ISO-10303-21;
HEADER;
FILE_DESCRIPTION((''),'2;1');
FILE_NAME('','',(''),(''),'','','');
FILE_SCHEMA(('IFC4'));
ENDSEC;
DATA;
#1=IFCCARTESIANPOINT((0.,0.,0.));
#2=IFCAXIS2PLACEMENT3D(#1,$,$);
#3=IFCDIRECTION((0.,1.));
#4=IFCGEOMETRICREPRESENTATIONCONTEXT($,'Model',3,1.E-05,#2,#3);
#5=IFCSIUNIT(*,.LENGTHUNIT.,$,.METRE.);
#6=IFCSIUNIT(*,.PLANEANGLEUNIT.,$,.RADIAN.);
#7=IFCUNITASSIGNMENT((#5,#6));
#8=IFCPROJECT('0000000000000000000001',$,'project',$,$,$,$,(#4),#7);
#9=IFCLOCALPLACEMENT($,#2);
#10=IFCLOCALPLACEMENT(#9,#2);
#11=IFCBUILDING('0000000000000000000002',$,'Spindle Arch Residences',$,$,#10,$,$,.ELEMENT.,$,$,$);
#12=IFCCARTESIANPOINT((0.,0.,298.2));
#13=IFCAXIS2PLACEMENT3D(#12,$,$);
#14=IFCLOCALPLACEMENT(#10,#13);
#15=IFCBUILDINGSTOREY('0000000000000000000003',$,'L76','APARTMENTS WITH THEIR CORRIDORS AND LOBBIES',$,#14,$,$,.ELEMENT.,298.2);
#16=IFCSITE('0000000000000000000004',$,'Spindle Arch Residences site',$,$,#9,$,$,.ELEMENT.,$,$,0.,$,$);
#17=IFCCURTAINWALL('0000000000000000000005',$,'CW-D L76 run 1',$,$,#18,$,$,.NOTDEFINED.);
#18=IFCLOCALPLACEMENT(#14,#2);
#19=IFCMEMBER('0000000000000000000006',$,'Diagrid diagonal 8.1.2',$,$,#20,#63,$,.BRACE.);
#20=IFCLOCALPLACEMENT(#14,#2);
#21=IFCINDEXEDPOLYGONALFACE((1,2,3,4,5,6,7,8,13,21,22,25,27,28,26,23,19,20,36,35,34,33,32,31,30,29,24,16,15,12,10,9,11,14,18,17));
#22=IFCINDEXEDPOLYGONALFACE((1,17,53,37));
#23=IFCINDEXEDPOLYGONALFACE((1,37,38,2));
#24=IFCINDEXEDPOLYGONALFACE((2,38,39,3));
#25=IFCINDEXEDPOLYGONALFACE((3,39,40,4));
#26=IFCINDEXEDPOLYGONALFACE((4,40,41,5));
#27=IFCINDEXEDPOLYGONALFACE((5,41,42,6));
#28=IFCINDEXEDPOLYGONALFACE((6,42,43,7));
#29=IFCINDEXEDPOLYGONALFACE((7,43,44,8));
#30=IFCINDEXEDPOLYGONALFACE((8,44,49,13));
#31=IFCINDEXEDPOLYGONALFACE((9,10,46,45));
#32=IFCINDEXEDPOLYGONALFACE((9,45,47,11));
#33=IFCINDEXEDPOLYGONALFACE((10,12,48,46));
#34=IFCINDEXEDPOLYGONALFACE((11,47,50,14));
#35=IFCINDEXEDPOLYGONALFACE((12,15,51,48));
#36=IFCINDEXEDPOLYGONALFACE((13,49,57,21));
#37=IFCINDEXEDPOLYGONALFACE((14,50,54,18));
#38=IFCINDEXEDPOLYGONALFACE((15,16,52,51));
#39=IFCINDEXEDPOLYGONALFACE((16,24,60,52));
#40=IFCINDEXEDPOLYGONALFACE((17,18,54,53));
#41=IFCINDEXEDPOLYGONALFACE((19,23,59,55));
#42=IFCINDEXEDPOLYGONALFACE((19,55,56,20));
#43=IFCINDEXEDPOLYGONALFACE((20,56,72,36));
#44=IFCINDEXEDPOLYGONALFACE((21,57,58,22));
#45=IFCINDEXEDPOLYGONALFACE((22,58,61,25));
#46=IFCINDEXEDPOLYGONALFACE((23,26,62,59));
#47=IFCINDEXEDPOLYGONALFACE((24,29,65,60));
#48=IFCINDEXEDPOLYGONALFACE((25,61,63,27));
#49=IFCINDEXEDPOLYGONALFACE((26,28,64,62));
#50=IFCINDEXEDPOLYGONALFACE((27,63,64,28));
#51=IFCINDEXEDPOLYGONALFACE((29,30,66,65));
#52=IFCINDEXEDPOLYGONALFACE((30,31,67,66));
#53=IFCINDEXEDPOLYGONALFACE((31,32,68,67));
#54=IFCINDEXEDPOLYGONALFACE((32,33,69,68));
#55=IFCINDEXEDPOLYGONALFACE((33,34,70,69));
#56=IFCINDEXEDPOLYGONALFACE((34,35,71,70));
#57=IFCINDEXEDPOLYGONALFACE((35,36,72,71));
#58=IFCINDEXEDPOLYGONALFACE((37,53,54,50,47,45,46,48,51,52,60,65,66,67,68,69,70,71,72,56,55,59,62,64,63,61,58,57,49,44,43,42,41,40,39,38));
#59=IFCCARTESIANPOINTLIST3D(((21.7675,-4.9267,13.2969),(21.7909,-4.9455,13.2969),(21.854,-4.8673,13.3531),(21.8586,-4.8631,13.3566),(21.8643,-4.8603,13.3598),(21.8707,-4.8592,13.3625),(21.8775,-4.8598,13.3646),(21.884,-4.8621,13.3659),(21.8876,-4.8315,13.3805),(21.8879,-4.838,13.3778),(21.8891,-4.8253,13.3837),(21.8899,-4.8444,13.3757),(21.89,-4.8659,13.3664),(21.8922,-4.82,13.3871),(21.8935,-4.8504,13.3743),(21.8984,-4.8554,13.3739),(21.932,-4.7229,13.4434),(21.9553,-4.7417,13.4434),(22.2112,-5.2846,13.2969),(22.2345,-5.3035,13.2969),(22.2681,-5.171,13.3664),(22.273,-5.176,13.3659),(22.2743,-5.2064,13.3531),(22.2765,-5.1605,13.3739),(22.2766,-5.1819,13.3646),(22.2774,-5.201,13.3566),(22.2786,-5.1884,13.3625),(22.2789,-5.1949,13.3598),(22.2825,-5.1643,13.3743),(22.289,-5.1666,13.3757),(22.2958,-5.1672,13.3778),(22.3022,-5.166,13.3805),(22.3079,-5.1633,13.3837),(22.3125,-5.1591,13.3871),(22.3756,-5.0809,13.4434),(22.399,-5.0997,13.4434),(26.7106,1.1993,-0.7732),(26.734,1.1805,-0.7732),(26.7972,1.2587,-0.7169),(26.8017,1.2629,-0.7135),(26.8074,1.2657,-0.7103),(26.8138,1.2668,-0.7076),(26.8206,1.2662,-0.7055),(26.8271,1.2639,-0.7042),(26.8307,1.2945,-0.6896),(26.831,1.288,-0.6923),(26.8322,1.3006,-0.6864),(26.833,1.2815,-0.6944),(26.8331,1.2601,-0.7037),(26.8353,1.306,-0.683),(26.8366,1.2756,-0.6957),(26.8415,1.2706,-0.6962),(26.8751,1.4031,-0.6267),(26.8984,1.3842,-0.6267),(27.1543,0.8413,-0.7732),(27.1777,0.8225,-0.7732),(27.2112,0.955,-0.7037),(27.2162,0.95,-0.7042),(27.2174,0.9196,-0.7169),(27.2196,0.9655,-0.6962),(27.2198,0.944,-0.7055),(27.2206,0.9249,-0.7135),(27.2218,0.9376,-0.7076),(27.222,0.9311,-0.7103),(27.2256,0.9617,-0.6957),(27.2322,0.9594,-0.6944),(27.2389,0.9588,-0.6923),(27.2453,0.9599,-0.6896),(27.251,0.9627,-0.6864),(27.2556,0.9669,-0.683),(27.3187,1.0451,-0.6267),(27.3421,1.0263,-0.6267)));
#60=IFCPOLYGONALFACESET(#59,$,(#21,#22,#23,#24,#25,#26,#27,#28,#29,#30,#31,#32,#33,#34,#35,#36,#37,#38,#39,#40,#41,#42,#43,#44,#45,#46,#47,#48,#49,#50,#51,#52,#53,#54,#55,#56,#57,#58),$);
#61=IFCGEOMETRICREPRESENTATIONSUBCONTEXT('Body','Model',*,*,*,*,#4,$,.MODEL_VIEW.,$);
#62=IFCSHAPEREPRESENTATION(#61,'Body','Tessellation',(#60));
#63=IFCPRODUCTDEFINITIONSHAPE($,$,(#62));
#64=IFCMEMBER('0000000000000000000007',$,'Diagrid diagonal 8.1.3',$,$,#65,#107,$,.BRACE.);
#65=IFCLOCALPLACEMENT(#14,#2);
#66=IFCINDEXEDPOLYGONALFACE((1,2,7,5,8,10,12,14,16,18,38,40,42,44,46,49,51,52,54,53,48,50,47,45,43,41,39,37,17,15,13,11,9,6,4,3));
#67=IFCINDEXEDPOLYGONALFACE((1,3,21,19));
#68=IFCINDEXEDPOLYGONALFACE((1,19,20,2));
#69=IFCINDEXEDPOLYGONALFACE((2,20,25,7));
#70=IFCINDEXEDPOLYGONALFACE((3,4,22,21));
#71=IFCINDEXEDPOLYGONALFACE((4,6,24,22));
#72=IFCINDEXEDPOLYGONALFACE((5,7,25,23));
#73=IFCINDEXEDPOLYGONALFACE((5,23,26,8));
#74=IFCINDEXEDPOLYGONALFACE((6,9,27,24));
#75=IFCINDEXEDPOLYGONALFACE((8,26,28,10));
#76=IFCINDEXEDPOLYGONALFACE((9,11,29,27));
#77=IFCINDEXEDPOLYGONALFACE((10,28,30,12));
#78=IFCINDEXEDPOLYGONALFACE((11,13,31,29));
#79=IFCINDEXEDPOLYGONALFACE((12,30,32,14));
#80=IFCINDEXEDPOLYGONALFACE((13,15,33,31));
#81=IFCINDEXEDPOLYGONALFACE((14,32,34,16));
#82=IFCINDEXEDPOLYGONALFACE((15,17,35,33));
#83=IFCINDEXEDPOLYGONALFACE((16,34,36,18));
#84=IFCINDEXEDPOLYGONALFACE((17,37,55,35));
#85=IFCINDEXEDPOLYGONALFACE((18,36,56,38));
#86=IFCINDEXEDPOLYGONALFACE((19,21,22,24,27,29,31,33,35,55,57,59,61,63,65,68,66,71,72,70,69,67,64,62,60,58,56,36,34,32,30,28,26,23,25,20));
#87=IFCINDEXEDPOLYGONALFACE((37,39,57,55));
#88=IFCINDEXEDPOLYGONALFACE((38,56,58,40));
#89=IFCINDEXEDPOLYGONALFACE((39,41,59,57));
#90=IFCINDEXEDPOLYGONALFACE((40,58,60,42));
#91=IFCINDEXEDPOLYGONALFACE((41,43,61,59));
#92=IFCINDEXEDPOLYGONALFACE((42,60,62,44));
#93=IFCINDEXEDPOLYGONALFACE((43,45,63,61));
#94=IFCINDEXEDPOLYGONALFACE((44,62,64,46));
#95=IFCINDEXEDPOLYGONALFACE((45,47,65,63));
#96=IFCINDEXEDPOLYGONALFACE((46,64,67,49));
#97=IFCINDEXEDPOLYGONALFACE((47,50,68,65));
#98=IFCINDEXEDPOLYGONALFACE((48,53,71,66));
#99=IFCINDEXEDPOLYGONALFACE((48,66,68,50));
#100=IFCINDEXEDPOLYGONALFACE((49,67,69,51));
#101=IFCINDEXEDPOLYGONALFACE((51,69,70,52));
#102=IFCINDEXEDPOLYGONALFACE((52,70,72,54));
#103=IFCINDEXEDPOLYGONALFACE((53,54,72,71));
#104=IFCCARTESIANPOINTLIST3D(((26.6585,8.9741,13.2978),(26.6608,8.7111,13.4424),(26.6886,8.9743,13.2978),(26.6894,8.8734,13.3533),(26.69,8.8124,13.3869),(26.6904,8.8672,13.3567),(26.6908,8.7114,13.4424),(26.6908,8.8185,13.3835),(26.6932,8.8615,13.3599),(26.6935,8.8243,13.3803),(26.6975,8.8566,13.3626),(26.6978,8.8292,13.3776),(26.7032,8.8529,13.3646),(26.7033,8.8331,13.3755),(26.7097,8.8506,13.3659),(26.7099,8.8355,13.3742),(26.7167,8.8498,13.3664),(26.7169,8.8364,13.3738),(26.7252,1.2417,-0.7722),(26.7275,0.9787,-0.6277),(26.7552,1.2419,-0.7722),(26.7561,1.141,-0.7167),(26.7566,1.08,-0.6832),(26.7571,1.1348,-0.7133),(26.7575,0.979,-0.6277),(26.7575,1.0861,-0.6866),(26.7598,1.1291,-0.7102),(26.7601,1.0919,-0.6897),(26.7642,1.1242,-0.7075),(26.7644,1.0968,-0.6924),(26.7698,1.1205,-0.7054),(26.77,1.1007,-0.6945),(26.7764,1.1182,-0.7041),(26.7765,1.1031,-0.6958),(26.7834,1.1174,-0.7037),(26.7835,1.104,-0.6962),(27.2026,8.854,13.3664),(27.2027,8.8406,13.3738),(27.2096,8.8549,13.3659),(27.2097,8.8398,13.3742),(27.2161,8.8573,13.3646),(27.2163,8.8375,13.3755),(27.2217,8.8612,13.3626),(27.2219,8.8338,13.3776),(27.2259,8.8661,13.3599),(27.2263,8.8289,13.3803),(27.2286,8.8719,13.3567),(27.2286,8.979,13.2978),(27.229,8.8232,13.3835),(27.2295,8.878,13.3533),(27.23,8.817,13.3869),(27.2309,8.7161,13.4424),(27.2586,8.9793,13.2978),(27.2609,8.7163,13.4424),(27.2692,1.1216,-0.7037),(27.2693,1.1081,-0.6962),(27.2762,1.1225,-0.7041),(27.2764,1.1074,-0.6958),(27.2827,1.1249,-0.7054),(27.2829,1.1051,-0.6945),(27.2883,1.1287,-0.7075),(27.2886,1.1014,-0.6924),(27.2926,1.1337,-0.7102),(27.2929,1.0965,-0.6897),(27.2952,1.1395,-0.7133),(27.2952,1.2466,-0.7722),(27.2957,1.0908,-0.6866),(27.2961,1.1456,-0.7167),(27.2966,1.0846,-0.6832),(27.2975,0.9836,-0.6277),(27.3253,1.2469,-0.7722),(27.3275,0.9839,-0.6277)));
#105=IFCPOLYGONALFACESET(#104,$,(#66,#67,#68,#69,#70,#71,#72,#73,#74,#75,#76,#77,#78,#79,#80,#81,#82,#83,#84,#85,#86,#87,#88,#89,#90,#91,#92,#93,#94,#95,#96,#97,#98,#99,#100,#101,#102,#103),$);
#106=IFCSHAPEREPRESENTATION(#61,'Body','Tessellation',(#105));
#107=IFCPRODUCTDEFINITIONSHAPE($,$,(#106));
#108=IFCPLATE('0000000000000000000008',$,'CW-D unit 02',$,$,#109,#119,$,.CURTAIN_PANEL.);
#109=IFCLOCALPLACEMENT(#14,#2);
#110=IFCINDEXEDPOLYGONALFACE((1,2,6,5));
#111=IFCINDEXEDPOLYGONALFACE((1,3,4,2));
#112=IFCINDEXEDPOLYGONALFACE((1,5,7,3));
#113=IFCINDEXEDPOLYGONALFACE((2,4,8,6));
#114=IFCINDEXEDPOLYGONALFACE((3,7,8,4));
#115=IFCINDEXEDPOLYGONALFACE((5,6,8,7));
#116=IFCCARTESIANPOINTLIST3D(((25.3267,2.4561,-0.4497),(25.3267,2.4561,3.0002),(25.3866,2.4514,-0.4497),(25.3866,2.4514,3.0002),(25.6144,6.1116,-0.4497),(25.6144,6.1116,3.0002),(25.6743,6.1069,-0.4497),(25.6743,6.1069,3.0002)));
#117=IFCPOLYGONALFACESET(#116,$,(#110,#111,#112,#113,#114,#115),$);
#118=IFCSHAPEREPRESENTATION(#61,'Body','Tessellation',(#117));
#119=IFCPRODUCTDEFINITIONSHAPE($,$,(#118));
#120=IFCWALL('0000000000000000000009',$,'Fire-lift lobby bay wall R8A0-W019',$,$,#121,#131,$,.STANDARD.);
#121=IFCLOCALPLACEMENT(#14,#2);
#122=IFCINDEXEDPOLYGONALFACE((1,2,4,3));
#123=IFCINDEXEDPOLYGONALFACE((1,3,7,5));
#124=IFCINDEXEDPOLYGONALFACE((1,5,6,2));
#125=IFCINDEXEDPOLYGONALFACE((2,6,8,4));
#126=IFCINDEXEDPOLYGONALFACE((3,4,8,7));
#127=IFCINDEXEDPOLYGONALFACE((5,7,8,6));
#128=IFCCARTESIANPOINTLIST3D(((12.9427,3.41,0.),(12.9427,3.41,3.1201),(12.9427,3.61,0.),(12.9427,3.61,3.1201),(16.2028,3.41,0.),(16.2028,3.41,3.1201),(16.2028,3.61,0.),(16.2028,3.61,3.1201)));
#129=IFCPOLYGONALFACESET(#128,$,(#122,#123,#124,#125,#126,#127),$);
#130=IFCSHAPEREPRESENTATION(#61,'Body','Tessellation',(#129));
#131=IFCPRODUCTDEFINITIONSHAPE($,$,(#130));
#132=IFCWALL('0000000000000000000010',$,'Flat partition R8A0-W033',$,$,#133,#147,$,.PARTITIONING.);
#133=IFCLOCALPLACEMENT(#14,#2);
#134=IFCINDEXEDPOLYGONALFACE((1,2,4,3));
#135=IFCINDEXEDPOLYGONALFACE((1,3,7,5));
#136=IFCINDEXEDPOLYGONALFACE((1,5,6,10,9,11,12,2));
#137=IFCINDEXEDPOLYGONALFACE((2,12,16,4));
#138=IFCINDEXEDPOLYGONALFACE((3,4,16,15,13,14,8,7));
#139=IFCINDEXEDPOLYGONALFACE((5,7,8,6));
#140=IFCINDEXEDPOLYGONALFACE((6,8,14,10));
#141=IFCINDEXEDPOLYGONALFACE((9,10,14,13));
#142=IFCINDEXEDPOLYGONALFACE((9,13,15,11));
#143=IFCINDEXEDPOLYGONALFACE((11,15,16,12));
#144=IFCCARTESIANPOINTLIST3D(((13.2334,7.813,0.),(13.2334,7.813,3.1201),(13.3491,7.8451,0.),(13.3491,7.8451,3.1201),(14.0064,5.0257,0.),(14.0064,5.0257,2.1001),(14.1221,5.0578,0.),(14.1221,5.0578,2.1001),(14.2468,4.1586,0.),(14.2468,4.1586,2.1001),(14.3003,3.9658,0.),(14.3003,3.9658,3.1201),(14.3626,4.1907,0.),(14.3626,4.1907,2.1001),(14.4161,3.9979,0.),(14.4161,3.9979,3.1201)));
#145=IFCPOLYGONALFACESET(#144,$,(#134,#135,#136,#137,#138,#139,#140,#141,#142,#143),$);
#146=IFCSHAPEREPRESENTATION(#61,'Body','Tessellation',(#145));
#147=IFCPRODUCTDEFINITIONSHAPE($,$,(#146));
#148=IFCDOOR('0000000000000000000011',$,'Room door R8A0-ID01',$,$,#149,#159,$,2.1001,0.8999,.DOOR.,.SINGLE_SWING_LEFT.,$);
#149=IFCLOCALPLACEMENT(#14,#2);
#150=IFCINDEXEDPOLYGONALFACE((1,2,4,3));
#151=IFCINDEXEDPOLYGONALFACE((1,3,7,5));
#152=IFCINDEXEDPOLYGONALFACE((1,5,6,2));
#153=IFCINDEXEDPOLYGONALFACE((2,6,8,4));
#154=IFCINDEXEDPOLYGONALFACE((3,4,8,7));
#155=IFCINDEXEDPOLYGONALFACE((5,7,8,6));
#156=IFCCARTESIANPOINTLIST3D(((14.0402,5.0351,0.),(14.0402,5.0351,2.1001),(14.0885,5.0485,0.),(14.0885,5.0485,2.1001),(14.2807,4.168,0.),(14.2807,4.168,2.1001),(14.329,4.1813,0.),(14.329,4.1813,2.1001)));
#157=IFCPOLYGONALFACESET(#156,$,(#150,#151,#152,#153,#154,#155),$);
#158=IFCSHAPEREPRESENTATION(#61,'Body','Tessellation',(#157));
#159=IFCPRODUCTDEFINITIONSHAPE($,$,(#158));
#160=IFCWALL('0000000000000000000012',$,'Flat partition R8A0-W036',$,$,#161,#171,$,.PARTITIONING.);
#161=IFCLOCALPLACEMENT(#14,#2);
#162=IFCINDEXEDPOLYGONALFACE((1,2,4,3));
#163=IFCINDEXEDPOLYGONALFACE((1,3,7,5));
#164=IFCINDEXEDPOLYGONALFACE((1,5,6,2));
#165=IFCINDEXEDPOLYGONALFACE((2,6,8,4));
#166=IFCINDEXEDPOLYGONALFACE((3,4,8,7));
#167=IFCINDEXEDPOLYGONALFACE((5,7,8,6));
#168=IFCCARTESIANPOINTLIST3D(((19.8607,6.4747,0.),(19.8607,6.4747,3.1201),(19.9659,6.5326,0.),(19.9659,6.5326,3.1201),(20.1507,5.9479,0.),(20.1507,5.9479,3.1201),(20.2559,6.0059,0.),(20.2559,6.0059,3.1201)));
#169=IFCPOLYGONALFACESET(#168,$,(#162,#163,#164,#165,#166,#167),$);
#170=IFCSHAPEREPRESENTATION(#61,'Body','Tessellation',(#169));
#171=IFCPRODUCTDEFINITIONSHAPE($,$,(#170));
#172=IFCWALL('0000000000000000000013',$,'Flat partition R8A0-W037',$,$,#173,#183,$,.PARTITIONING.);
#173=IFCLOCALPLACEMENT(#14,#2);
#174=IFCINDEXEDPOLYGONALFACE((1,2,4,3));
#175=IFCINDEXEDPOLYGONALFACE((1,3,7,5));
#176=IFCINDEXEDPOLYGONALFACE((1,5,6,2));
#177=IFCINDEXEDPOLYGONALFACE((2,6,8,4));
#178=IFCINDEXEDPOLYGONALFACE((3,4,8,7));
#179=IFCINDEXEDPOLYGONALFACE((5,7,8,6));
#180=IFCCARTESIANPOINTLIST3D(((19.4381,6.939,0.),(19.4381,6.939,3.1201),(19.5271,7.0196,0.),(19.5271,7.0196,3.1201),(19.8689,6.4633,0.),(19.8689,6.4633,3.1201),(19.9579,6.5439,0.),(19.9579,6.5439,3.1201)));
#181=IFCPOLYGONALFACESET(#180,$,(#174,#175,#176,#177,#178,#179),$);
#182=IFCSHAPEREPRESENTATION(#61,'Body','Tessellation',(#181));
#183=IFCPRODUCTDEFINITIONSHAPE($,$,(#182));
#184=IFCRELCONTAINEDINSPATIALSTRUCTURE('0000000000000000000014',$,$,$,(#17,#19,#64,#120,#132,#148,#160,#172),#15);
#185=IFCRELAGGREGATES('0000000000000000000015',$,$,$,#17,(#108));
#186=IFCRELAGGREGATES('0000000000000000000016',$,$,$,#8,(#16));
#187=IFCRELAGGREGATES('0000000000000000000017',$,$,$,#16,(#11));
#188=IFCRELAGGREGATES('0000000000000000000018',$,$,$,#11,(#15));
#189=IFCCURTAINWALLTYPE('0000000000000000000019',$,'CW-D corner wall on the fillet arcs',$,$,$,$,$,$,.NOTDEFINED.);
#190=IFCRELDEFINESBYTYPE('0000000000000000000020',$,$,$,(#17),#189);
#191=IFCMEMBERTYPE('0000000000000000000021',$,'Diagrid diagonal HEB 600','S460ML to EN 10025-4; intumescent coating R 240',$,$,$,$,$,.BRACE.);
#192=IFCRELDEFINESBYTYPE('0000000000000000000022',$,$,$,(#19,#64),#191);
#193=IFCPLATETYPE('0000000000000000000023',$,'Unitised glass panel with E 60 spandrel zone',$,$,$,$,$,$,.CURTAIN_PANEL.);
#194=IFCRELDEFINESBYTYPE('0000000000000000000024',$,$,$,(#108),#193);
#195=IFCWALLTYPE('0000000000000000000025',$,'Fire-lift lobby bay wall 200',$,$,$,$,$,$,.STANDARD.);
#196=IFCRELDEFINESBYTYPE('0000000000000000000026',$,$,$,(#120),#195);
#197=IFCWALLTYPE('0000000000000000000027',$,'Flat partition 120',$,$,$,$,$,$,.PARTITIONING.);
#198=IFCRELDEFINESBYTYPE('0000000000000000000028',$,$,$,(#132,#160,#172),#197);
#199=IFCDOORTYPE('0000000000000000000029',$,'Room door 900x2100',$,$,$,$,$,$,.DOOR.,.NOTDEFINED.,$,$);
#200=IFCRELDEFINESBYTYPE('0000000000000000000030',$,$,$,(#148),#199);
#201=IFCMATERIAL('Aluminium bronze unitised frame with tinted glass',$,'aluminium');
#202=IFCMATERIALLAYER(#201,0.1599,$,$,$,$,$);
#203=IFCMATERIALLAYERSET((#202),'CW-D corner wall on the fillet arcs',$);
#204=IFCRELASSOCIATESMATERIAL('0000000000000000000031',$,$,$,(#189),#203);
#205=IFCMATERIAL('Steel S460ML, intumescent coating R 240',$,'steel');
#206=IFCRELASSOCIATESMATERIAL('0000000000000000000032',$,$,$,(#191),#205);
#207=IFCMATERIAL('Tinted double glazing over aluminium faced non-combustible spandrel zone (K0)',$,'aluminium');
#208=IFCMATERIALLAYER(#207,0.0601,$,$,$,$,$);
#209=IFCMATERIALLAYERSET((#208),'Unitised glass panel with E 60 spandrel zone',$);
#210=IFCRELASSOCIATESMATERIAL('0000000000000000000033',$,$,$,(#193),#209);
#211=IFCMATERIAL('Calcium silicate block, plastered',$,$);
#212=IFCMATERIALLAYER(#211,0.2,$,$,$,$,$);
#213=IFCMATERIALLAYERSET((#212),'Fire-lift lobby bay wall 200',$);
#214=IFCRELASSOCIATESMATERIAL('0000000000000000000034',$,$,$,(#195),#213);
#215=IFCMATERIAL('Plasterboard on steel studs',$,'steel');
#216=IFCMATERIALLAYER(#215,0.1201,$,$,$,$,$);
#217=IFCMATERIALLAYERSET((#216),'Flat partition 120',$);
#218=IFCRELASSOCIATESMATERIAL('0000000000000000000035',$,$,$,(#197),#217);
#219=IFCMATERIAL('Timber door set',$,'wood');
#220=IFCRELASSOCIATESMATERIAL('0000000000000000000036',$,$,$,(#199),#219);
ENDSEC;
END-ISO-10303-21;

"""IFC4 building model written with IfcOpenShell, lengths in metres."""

from ifc_helpers import new_model, si_unit, direction, frame, frame_2d, origin, origin_2d, place, context, subcontext, project, spatial, rectangle, i_section, extrude, material, layer, layer_set, material_profile, profile_set, type_object, element, fill, aggregate, save


model = new_model("IFC4")

# Units and contexts
model_context = context("Model", 3, precision=1e-05, world=origin(), true_north=direction((0.0, 1.0)))
body_context = subcontext(model_context, "Body", "Model", "MODEL_VIEW")
ifc_project = project(units=[si_unit("LENGTHUNIT", "METRE"), si_unit("PLANEANGLEUNIT", "RADIAN")], contexts=[model_context])

# Site, building, storey
site_placement = place(None, origin())
site = spatial("IfcSite", under=ifc_project, at=site_placement, Name="Spindle Arch Residences site", CompositionType="ELEMENT", RefElevation=0.0)
building_placement = place(site_placement, origin())
building = spatial("IfcBuilding", under=site, at=building_placement, Name="Spindle Arch Residences", CompositionType="ELEMENT")
storey_placement = place(building_placement, frame((0.0, 0.0, 298.2)))
storey = spatial("IfcBuildingStorey", under=building, at=storey_placement, Name="L76", Description="APARTMENTS WITH THEIR CORRIDORS AND LOBBIES", CompositionType="ELEMENT", Elevation=298.2)

# Curtain wall
ifc_material_1 = material(Name="Aluminium bronze unitised frame with tinted glass", Category="aluminium")
ifc_layer_1 = layer(ifc_material_1, 0.1599)
ifc_layer_set_1 = layer_set([ifc_layer_1], Name="CW-D corner wall on the fillet arcs")
curtain_wall_type = type_object("IfcCurtainWallType", Name="CW-D corner wall on the fillet arcs", PredefinedType="NOTDEFINED", material=ifc_layer_set_1)
curtain_wall_placement = place(storey_placement, origin())
curtain_wall = element("IfcCurtainWall", 1, at=curtain_wall_placement, inside=storey, type_object=curtain_wall_type, Name="CW-D L76 run 1", PredefinedType="NOTDEFINED")

# Members
ifc_material_2 = material(Name="Steel S460ML, intumescent coating R 240", Category="steel")
ifc_material_profile_1 = material_profile(ifc_material_2, i_section(OverallWidth=0.3, OverallDepth=0.6001, WebThickness=0.0154, FlangeThickness=0.03, FilletRadius=0.0271, at=origin_2d()), Name="HEB 600")
ifc_profile_set_1 = profile_set([ifc_material_profile_1], Name="Steel S460ML, intumescent coating R 240")
member_type_1 = type_object("IfcMemberType", Name="Diagrid diagonal HEB 600", Description="S460ML to EN 10025-4; intumescent coating R 240", PredefinedType="BRACE", material=ifc_profile_set_1)
member_1_placement = place(storey_placement, frame((27.0264, 1.1128, -0.7), z_axis=(-0.306601, -0.379969, 0.872708), x_axis=(0.548034, 0.679175, 0.488242)))
element("IfcMember", 2, at=member_1_placement, inside=storey, type_object=member_type_1, Name="Diagrid diagonal 8.1.2", PredefinedType="BRACE", context=body_context, shape_type="SweptSolid", body=[
    extrude(i_section(OverallWidth=0.3, OverallDepth=0.6001, WebThickness=0.0154, FlangeThickness=0.03, FilletRadius=0.0271, at=origin_2d()), origin(), (0.0, 0.0, 1.0), 16.1223),
])
member_2_placement = place(storey_placement, frame((27.0264, 1.1128, -0.7), z_axis=(-0.004151, 0.481622, 0.876369), x_axis=(0.007554, -0.876337, 0.48164)))
element("IfcMember", 3, at=member_2_placement, inside=storey, type_object=member_type_1, Name="Diagrid diagonal 8.1.3", PredefinedType="BRACE", context=body_context, shape_type="SweptSolid", body=[
    extrude(i_section(OverallWidth=0.3, OverallDepth=0.6001, WebThickness=0.0154, FlangeThickness=0.03, FilletRadius=0.0271, at=origin_2d()), origin(), (0.0, 0.0, 1.0), 16.0549),
])

# Plate
ifc_material_3 = material(Name="Tinted double glazing over aluminium faced non-combustible spandrel zone (K0)", Category="aluminium")
ifc_layer_2 = layer(ifc_material_3, 0.0601)
ifc_layer_set_2 = layer_set([ifc_layer_2], Name="Unitised glass panel with E 60 spandrel zone")
plate_type = type_object("IfcPlateType", Name="Unitised glass panel with E 60 spandrel zone", PredefinedType="CURTAIN_PANEL", material=ifc_layer_set_2)
plate_placement = place(storey_placement, frame((25.5005, 4.2815, -0.4497), z_axis=(0.0, 0.0, 1.0), x_axis=(0.078459, 0.996917, 0.0)))
plate = element("IfcPlate", 4, at=plate_placement, type_object=plate_type, Name="CW-D unit 02", PredefinedType="CURTAIN_PANEL", context=body_context, shape_type="SweptSolid", body=[
    extrude(rectangle(XDim=3.6667, YDim=0.0601, at=origin_2d()), origin(), (0.0, 0.0, 1.0), 3.45),
])
aggregate(curtain_wall, [plate])

# Wall
ifc_material_4 = material(Name="Calcium silicate block, plastered")
ifc_layer_3 = layer(ifc_material_4, 0.2)
ifc_layer_set_3 = layer_set([ifc_layer_3], Name="Fire-lift lobby bay wall 200")
wall_type_1 = type_object("IfcWallType", Name="Fire-lift lobby bay wall 200", PredefinedType="STANDARD", material=ifc_layer_set_3)
wall_1_placement = place(storey_placement, frame((16.2026, 3.51, 0.0), z_axis=(0.0, 0.0, 1.0), x_axis=(-1.0, 0.0, 0.0)))
element("IfcWall", 5, at=wall_1_placement, inside=storey, type_object=wall_type_1, Name="Fire-lift lobby bay wall R8A0-W019", PredefinedType="STANDARD", context=body_context, shape_type="SweptSolid", body=[
    extrude(rectangle(XDim=3.26, YDim=0.2, at=frame_2d((1.6299, 0.0))), origin(), (0.0, 0.0, 1.0), 3.1201),
])

# Wall, opening, door
ifc_material_5 = material(Name="Plasterboard on steel studs", Category="steel")
ifc_layer_4 = layer(ifc_material_5, 0.1201)
ifc_layer_set_4 = layer_set([ifc_layer_4], Name="Flat partition 120")
wall_type_2 = type_object("IfcWallType", Name="Flat partition 120", PredefinedType="PARTITIONING", material=ifc_layer_set_4)
wall_2_placement = place(storey_placement, frame((14.3582, 3.9819, 0.0), z_axis=(0.0, 0.0, 1.0), x_axis=(-0.267234, 0.963632, 0.0)))
wall_2 = element("IfcWall", 6, at=wall_2_placement, inside=storey, type_object=wall_type_2, Name="Flat partition R8A0-W033", PredefinedType="PARTITIONING", context=body_context, shape_type="SweptSolid", body=[
    extrude(rectangle(XDim=3.9924, YDim=0.1201, at=frame_2d((1.9961, 0.0))), origin(), (0.0, 0.0, 1.0), 3.1201),
])
opening_1_placement = place(wall_2_placement, frame((0.2, 0.0, 0.0)))
opening_1 = element("IfcOpeningElement", 7, at=opening_1_placement, cuts=wall_2, PredefinedType="OPENING", context=body_context, shape_type="SweptSolid", body=[
    extrude(rectangle(XDim=0.8999, YDim=2.1001, at=frame_2d((0.45, 1.05))), frame((0.0, 0.0701, 0.0), z_axis=(0.0, -1.0, 0.0), x_axis=(1.0, 0.0, 0.0)), (0.0, 0.0, 1.0), 0.1401),
])
ifc_material_6 = material(Name="Timber door set", Category="wood")
door_type_1 = type_object("IfcDoorType", Name="Room door 900x2100", OperationType="NOTDEFINED", PredefinedType="DOOR", material=ifc_material_6)
door_1_placement = place(opening_1_placement, origin())
door_1 = element("IfcDoor", 8, at=door_1_placement, inside=storey, type_object=door_type_1, Name="Room door R8A0-ID01", OperationType="SINGLE_SWING_LEFT", OverallHeight=2.1001, OverallWidth=0.8999, PredefinedType="DOOR", context=body_context, shape_type="SweptSolid", body=[
    extrude(rectangle(XDim=0.8999, YDim=2.1001, at=frame_2d((0.45, 1.05))), frame((0.0, 0.0249, 0.0), z_axis=(0.0, -1.0, 0.0), x_axis=(1.0, 0.0, 0.0)), (0.0, 0.0, 1.0), 0.05),
])
fill(opening_1, door_1)

# Walls
wall_3_placement = place(storey_placement, frame((20.2034, 5.9768, 0.0), z_axis=(0.0, 0.0, 1.0), x_axis=(-0.482262, 0.876027, 0.0)))
element("IfcWall", 9, at=wall_3_placement, inside=storey, type_object=wall_type_2, Name="Flat partition R8A0-W036", PredefinedType="PARTITIONING", context=body_context, shape_type="SweptSolid", body=[
    extrude(rectangle(XDim=0.6013, YDim=0.1201, at=frame_2d((0.3008, 0.0))), origin(), (0.0, 0.0, 1.0), 3.1201),
])
for number, where, z_axis, x_axis, name in (
    (10, (19.9133, 6.5037, 0.0), (0.0, 0.0, 1.0), (-0.671252, 0.741229, 0.0), "Flat partition R8A0-W037"),
):
    element("IfcWall", number, at=place(storey_placement, frame(where, z_axis=z_axis, x_axis=x_axis)), inside=storey, type_object=wall_type_2, Name=name, PredefinedType="PARTITIONING", context=body_context, shape_type="SweptSolid", body=[
        extrude(rectangle(XDim=0.6418, YDim=0.1201, at=frame_2d((0.3208, 0.0))), origin(), (0.0, 0.0, 1.0), 3.1201),
    ])

save(model, "model.ifc")
